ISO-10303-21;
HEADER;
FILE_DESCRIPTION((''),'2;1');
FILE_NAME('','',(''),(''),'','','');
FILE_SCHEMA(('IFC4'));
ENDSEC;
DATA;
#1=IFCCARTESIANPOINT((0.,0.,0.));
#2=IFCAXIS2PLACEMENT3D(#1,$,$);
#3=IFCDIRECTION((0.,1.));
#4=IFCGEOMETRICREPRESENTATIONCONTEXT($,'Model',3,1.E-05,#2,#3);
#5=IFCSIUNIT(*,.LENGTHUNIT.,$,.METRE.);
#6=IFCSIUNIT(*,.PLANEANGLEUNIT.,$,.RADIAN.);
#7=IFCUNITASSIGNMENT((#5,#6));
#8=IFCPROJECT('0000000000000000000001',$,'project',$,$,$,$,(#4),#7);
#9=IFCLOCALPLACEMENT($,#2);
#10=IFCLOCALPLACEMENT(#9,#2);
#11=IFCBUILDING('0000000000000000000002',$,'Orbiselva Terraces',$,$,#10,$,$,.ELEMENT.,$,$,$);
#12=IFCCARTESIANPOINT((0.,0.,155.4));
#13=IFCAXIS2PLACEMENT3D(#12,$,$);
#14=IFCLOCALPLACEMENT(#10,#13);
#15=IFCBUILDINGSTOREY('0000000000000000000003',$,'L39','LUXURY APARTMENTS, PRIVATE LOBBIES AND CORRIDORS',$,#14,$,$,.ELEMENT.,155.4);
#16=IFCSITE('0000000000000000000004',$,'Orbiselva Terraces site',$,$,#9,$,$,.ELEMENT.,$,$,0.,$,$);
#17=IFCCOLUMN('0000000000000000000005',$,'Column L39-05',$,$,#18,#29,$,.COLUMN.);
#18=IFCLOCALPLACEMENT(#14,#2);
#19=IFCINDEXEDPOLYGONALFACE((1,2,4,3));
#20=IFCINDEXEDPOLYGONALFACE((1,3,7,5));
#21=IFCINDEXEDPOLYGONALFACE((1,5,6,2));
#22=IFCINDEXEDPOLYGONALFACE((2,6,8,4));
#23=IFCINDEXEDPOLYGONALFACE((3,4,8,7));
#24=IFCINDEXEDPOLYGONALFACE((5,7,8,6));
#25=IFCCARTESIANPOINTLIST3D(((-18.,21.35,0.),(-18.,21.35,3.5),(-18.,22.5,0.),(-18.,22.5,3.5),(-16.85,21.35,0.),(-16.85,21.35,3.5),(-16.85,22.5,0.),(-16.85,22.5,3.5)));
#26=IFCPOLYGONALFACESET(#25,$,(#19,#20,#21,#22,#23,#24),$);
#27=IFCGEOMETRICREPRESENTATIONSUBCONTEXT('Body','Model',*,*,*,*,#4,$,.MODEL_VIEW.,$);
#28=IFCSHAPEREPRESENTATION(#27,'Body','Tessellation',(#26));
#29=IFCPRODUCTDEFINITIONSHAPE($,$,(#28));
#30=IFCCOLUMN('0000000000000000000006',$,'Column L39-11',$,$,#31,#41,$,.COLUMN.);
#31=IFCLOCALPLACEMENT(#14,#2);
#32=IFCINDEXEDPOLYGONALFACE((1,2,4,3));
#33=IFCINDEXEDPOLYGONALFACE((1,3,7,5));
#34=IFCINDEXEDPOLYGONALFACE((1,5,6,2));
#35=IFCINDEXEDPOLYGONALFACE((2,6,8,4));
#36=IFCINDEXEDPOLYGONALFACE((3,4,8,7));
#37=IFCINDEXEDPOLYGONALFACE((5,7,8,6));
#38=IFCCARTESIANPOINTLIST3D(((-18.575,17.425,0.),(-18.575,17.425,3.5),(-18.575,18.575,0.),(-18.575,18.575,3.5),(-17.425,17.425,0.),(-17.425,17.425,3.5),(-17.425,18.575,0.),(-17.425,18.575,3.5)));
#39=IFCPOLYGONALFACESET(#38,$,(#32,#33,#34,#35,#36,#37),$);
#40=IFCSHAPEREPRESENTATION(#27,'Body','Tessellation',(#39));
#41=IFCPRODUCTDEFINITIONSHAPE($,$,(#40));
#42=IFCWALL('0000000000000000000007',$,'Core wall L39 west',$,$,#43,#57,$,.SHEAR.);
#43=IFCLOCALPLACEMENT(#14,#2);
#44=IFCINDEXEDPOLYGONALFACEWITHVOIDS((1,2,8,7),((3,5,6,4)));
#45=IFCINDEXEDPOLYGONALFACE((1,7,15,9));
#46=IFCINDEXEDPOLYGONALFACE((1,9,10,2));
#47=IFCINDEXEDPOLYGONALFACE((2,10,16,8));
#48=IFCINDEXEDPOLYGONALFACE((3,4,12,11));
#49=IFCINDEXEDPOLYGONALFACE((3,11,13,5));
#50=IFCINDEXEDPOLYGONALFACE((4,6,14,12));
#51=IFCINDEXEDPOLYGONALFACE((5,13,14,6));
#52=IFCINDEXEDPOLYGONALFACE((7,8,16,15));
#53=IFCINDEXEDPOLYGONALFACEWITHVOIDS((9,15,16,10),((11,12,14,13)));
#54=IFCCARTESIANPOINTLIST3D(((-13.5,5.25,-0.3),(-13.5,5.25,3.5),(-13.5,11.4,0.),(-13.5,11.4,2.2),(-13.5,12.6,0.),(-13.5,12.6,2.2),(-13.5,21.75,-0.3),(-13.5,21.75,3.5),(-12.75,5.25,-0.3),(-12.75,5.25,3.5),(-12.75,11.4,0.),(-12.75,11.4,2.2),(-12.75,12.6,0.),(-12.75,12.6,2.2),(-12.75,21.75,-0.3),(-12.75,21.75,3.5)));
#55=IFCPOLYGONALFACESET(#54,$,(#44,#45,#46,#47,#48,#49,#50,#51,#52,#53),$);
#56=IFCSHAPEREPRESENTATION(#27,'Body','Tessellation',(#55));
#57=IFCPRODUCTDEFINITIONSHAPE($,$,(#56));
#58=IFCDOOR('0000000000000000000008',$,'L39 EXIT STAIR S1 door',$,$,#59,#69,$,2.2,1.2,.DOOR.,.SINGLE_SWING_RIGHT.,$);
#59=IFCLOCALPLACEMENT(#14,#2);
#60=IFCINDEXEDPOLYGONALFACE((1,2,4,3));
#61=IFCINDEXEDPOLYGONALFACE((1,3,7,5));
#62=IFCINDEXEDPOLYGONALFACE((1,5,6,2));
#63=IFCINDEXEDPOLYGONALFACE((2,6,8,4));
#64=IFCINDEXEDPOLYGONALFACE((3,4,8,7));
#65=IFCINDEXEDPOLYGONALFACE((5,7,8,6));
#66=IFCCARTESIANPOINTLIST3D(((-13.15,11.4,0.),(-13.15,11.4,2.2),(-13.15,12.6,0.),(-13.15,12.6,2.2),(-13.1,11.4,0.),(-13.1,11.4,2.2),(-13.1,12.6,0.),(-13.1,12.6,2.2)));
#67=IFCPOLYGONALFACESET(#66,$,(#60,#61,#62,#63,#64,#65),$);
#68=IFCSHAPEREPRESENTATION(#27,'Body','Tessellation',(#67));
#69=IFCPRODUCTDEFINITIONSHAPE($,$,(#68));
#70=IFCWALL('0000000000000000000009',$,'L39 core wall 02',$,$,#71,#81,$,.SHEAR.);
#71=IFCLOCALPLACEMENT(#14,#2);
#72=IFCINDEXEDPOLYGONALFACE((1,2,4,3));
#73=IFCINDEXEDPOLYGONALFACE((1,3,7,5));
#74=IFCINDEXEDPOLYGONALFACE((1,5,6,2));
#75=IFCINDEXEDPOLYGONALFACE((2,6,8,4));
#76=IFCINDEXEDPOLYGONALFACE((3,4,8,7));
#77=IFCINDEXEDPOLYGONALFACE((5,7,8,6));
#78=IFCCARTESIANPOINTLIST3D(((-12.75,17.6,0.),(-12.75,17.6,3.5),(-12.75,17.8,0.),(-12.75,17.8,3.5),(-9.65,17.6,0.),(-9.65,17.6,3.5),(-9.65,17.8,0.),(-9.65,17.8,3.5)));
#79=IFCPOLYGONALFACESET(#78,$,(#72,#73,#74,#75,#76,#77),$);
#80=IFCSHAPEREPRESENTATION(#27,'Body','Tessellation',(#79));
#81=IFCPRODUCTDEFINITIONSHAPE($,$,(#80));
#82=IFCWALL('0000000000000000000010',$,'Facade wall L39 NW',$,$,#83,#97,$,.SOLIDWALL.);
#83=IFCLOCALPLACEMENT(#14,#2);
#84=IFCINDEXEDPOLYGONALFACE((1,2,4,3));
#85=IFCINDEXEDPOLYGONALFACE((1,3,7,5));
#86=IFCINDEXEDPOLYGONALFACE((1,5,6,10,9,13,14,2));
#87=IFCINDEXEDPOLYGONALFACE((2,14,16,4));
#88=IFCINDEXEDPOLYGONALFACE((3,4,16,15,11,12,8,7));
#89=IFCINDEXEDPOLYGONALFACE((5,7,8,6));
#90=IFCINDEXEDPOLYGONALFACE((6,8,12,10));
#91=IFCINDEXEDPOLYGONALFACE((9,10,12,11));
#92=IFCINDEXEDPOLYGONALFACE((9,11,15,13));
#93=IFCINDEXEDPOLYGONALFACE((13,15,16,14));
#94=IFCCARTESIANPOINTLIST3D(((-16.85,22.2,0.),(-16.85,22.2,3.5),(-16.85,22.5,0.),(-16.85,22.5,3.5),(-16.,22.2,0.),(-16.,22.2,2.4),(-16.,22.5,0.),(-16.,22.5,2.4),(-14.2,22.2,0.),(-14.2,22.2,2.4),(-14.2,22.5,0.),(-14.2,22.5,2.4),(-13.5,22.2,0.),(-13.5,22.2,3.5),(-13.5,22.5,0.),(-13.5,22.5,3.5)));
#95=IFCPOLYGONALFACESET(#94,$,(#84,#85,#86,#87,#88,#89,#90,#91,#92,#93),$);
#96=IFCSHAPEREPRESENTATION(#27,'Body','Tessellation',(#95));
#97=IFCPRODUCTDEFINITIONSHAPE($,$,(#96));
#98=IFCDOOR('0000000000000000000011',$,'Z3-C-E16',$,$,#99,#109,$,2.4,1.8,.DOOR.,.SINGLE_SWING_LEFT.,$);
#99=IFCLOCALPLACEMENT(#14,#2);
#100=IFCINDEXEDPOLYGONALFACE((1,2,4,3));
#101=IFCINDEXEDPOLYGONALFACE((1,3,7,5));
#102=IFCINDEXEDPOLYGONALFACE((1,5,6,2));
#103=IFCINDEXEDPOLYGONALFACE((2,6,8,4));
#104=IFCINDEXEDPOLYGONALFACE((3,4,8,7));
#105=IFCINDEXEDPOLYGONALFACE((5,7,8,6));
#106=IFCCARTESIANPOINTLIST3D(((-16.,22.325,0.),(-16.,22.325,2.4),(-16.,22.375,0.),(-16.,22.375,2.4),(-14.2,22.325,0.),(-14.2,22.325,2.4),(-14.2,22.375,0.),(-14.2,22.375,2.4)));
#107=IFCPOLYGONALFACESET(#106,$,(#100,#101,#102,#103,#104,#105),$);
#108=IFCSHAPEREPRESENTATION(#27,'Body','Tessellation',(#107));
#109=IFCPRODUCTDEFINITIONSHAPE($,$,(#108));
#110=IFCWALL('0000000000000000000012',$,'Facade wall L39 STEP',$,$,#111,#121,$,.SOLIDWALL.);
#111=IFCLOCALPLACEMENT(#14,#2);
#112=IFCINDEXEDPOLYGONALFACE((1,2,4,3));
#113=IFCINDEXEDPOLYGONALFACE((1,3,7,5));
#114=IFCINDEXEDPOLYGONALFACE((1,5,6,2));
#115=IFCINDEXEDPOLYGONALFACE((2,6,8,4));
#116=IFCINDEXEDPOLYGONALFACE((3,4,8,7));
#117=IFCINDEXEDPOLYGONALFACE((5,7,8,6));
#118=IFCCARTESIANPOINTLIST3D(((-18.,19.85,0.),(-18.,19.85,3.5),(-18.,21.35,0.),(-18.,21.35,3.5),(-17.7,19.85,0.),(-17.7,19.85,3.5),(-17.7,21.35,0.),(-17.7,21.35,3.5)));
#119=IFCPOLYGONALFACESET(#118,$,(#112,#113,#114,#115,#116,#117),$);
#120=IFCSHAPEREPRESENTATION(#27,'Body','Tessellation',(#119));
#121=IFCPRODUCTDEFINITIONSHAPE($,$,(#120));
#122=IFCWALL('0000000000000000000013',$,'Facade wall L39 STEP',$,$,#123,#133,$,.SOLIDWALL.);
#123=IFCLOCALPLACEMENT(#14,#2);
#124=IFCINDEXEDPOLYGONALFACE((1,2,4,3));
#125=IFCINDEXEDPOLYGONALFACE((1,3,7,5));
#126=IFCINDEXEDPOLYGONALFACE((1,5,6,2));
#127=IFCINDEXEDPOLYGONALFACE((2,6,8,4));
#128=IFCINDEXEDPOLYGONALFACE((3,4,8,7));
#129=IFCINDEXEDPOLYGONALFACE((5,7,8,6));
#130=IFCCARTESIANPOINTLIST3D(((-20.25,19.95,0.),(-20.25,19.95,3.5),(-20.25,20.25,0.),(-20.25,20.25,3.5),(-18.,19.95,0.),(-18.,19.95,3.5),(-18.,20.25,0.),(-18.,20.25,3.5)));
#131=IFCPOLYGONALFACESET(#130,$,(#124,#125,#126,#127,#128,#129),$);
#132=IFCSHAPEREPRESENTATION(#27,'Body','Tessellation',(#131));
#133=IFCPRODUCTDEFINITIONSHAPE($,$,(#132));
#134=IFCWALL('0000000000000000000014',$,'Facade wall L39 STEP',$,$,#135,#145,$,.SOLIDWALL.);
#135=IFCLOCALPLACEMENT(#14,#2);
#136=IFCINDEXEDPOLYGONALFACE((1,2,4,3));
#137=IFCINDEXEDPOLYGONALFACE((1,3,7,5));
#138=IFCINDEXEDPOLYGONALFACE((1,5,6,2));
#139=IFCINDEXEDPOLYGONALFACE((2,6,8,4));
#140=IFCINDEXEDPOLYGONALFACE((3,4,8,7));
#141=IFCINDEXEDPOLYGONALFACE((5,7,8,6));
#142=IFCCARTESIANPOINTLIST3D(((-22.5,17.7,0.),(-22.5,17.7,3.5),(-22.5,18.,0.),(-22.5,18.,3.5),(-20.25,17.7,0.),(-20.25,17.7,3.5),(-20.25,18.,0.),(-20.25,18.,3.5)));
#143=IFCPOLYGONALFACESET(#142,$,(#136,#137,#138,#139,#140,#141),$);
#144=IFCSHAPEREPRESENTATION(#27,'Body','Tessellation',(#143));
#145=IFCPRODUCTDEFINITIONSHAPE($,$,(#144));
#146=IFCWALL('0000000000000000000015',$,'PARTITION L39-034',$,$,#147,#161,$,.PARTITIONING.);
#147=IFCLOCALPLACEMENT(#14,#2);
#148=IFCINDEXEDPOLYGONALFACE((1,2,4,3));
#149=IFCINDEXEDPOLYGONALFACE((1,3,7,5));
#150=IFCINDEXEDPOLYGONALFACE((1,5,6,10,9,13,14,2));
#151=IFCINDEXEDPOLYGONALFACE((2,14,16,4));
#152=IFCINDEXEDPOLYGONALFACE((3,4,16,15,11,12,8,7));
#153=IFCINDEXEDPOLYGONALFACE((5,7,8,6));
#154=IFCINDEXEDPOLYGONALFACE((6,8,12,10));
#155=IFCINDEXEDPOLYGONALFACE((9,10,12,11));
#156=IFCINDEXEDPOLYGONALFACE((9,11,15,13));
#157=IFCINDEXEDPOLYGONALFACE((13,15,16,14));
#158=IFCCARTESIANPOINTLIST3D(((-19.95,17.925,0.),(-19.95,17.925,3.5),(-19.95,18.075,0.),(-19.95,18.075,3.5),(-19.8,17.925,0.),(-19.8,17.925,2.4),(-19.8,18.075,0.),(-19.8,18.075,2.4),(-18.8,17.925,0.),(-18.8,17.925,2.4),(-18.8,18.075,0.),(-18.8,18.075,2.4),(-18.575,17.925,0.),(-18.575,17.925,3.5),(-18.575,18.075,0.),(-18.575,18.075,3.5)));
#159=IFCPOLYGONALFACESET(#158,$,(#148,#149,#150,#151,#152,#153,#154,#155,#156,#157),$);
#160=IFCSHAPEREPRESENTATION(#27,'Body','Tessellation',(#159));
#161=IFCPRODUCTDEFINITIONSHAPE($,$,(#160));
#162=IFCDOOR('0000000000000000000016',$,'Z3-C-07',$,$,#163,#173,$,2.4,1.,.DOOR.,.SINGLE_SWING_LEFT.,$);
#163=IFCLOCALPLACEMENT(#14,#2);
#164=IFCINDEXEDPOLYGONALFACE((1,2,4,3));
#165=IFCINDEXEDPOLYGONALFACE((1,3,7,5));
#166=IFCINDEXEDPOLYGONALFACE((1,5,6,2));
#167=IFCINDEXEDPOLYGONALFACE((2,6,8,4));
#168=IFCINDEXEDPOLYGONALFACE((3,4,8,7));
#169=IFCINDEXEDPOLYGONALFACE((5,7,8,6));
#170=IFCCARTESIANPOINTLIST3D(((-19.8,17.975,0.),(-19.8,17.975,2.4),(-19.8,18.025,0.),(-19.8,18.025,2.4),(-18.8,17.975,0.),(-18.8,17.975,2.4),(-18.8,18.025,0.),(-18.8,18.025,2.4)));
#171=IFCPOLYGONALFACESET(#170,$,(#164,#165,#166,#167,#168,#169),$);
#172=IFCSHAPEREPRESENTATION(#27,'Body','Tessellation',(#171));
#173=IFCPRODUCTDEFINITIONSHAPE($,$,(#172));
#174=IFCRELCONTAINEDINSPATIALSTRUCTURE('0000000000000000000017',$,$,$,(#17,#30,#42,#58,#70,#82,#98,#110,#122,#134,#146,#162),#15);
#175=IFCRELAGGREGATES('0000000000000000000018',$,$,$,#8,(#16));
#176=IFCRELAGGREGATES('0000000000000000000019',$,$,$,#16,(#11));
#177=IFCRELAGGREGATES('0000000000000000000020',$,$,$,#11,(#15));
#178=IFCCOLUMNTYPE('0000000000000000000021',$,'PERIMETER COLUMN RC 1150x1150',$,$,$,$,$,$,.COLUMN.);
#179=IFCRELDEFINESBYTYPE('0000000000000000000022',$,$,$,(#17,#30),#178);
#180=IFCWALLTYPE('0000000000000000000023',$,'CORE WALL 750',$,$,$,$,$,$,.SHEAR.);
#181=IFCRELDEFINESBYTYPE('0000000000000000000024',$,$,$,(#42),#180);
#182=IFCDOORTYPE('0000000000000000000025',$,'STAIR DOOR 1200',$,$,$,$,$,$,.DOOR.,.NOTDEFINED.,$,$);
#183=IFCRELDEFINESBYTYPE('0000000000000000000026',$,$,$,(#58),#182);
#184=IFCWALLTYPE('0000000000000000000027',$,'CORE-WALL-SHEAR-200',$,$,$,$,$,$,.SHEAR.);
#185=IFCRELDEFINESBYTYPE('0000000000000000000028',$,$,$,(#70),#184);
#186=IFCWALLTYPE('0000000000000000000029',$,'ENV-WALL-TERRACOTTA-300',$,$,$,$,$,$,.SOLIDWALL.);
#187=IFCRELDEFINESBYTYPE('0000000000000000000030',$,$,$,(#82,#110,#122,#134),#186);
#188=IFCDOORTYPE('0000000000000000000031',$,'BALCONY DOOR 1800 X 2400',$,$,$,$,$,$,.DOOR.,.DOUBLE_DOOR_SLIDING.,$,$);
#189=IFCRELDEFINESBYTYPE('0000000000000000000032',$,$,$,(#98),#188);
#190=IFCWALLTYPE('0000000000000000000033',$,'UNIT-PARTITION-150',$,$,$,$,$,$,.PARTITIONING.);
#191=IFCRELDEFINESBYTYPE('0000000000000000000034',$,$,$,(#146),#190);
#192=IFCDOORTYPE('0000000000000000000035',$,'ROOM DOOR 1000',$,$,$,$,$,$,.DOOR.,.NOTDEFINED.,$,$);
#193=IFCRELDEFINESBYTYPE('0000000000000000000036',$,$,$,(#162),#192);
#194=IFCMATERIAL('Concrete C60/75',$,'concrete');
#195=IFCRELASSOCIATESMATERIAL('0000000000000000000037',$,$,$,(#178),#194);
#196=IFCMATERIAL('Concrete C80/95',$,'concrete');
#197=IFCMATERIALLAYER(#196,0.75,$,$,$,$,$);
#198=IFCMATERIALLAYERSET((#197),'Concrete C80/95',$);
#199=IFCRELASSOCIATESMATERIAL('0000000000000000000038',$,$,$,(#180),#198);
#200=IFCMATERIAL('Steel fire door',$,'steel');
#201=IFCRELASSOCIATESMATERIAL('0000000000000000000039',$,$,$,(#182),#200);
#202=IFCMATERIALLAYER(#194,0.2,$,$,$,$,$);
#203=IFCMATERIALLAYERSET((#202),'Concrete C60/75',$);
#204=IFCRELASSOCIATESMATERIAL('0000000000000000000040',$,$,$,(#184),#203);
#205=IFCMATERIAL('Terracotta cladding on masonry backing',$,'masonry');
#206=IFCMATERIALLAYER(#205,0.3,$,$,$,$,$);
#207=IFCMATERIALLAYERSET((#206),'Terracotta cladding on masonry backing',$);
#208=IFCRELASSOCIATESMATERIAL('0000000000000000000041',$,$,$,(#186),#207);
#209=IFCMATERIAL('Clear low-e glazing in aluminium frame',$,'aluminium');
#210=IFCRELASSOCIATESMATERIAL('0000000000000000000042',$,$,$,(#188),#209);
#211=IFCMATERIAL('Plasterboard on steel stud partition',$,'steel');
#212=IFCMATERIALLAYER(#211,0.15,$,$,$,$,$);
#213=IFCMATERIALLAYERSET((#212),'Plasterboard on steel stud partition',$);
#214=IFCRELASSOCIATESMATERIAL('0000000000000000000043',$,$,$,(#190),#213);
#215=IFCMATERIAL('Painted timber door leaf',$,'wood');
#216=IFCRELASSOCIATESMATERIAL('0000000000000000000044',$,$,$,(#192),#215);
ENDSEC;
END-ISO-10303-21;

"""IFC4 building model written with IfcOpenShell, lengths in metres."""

from ifc_helpers import new_model, si_unit, direction, frame, frame_2d, origin, origin_2d, place, context, subcontext, project, spatial, rectangle, extrude, material, layer, layer_set, material_profile, profile_set, type_object, element, fill, save


model = new_model("IFC4")

# Units and contexts
model_context = context("Model", 3, precision=1e-05, world=origin(), true_north=direction((0.0, 1.0)))
body_context = subcontext(model_context, "Body", "Model", "MODEL_VIEW")
ifc_project = project(units=[si_unit("LENGTHUNIT", "METRE"), si_unit("PLANEANGLEUNIT", "RADIAN")], contexts=[model_context])

# Site, building, storey
site_placement = place(None, origin())
site = spatial("IfcSite", under=ifc_project, at=site_placement, Name="Orbiselva Terraces site", CompositionType="ELEMENT", RefElevation=0.0)
building_placement = place(site_placement, origin())
building = spatial("IfcBuilding", under=site, at=building_placement, Name="Orbiselva Terraces", CompositionType="ELEMENT")
storey_placement = place(building_placement, frame((0.0, 0.0, 155.4)))
storey = spatial("IfcBuildingStorey", under=building, at=storey_placement, Name="L39", Description="LUXURY APARTMENTS, PRIVATE LOBBIES AND CORRIDORS", CompositionType="ELEMENT", Elevation=155.4)

# Columns
ifc_material_1 = material(Name="Concrete C60/75", Category="concrete")
ifc_material_profile = material_profile(ifc_material_1, rectangle(XDim=1.15, YDim=1.15, at=origin_2d()), Name="RC 1150x1150")
ifc_profile_set = profile_set([ifc_material_profile], Name="Concrete C60/75")
column_type = type_object("IfcColumnType", Name="PERIMETER COLUMN RC 1150x1150", PredefinedType="COLUMN", material=ifc_profile_set)
for number, where, z_axis, x_axis, name in (
    (1, (-17.425, 21.925, 0.0), (0.0, 0.0, 1.0), (1.0, 0.0, 0.0), "Column L39-05"),
    (2, (-18.0, 18.0, 0.0), (0.0, 0.0, 1.0), (1.0, 0.0, 0.0), "Column L39-11"),
):
    element("IfcColumn", number, at=place(storey_placement, frame(where, z_axis=z_axis, x_axis=x_axis)), inside=storey, type_object=column_type, Name=name, PredefinedType="COLUMN", context=body_context, shape_type="SweptSolid", body=[
        extrude(rectangle(XDim=1.15, YDim=1.15, at=origin_2d()), origin(), (0.0, 0.0, 1.0), 3.5),
    ])

# Wall, opening, door
ifc_material_2 = material(Name="Concrete C80/95", Category="concrete")
ifc_layer_1 = layer(ifc_material_2, 0.75)
ifc_layer_set_1 = layer_set([ifc_layer_1], Name="Concrete C80/95")
wall_type_1 = type_object("IfcWallType", Name="CORE WALL 750", PredefinedType="SHEAR", material=ifc_layer_set_1)
wall_1_placement = place(storey_placement, frame((-13.125, 21.75, -0.3), z_axis=(0.0, 0.0, 1.0), x_axis=(0.0, -1.0, 0.0)))
wall_1 = element("IfcWall", 3, at=wall_1_placement, inside=storey, type_object=wall_type_1, Name="Core wall L39 west", PredefinedType="SHEAR", context=body_context, shape_type="SweptSolid", body=[
    extrude(rectangle(XDim=16.5, YDim=0.75, at=frame_2d((8.25, 0.0))), origin(), (0.0, 0.0, 1.0), 3.8),
])
opening_1_placement = place(wall_1_placement, frame((9.15, 0.0, 0.3)))
opening_1 = element("IfcOpeningElement", 4, at=opening_1_placement, cuts=wall_1, PredefinedType="OPENING", context=body_context, shape_type="SweptSolid", body=[
    extrude(rectangle(XDim=1.2, YDim=2.2, at=frame_2d((0.6, 1.1))), frame((0.0, 0.385, 0.0), z_axis=(0.0, -1.0, 0.0), x_axis=(1.0, 0.0, 0.0)), (0.0, 0.0, 1.0), 0.77),
])
ifc_material_3 = material(Name="Steel fire door", Category="steel")
door_type_1 = type_object("IfcDoorType", Name="STAIR DOOR 1200", OperationType="NOTDEFINED", PredefinedType="DOOR", material=ifc_material_3)
door_1_placement = place(opening_1_placement, frame((1.2, 0.0, 0.0), z_axis=(0.0, 0.0, 1.0), x_axis=(-1.0, 0.0, 0.0)))
door_1 = element("IfcDoor", 5, at=door_1_placement, inside=storey, type_object=door_type_1, Name="L39 EXIT STAIR S1 door", OperationType="SINGLE_SWING_RIGHT", OverallHeight=2.2, OverallWidth=1.2, PredefinedType="DOOR", context=body_context, shape_type="SweptSolid", body=[
    extrude(rectangle(XDim=1.2, YDim=2.2, at=frame_2d((0.6, 1.1))), frame((0.0, 0.025, 0.0), z_axis=(0.0, -1.0, 0.0), x_axis=(1.0, 0.0, 0.0)), (0.0, 0.0, 1.0), 0.05),
])
fill(opening_1, door_1)

# Wall
ifc_layer_2 = layer(ifc_material_1, 0.2)
ifc_layer_set_2 = layer_set([ifc_layer_2], Name="Concrete C60/75")
wall_type_2 = type_object("IfcWallType", Name="CORE-WALL-SHEAR-200", PredefinedType="SHEAR", material=ifc_layer_set_2)
wall_2_placement = place(storey_placement, frame((-12.75, 17.7, 0.0), z_axis=(0.0, 0.0, 1.0), x_axis=(1.0, 0.0, 0.0)))
element("IfcWall", 6, at=wall_2_placement, inside=storey, type_object=wall_type_2, Name="L39 core wall 02", PredefinedType="SHEAR", context=body_context, shape_type="SweptSolid", body=[
    extrude(rectangle(XDim=3.1, YDim=0.2, at=frame_2d((1.55, 0.0))), origin(), (0.0, 0.0, 1.0), 3.5),
])

# Wall, opening, door
ifc_material_4 = material(Name="Terracotta cladding on masonry backing", Category="masonry")
ifc_layer_3 = layer(ifc_material_4, 0.3)
ifc_layer_set_3 = layer_set([ifc_layer_3], Name="Terracotta cladding on masonry backing")
wall_type_3 = type_object("IfcWallType", Name="ENV-WALL-TERRACOTTA-300", PredefinedType="SOLIDWALL", material=ifc_layer_set_3)
wall_3_placement = place(storey_placement, frame((-16.85, 22.35, 0.0), z_axis=(0.0, 0.0, 1.0), x_axis=(1.0, 0.0, 0.0)))
wall_3 = element("IfcWall", 7, at=wall_3_placement, inside=storey, type_object=wall_type_3, Name="Facade wall L39 NW", PredefinedType="SOLIDWALL", context=body_context, shape_type="SweptSolid", body=[
    extrude(rectangle(XDim=3.35, YDim=0.3, at=frame_2d((1.675, 0.0))), origin(), (0.0, 0.0, 1.0), 3.5),
])
opening_2_placement = place(wall_3_placement, frame((0.85, 0.0, 0.0)))
opening_2 = element("IfcOpeningElement", 8, at=opening_2_placement, cuts=wall_3, PredefinedType="OPENING", context=body_context, shape_type="SweptSolid", body=[
    extrude(rectangle(XDim=1.8, YDim=2.4, at=frame_2d((0.9, 1.2))), frame((0.0, 0.16, 0.0), z_axis=(0.0, -1.0, 0.0), x_axis=(1.0, 0.0, 0.0)), (0.0, 0.0, 1.0), 0.32),
])
ifc_material_5 = material(Name="Clear low-e glazing in aluminium frame", Category="aluminium")
door_type_2 = type_object("IfcDoorType", Name="BALCONY DOOR 1800 X 2400", OperationType="DOUBLE_DOOR_SLIDING", PredefinedType="DOOR", material=ifc_material_5)
door_2_placement = place(opening_2_placement, origin())
door_2 = element("IfcDoor", 9, at=door_2_placement, inside=storey, type_object=door_type_2, Name="Z3-C-E16", OperationType="SINGLE_SWING_LEFT", OverallHeight=2.4, OverallWidth=1.8, PredefinedType="DOOR", context=body_context, shape_type="SweptSolid", body=[
    extrude(rectangle(XDim=1.8, YDim=2.4, at=frame_2d((0.9, 1.2))), frame((0.0, 0.025, 0.0), z_axis=(0.0, -1.0, 0.0), x_axis=(1.0, 0.0, 0.0)), (0.0, 0.0, 1.0), 0.05),
])
fill(opening_2, door_2)

# Walls
wall_4_placement = place(storey_placement, frame((-17.85, 19.85, 0.0), z_axis=(0.0, 0.0, 1.0), x_axis=(0.0, 1.0, 0.0)))
element("IfcWall", 10, at=wall_4_placement, inside=storey, type_object=wall_type_3, Name="Facade wall L39 STEP", PredefinedType="SOLIDWALL", context=body_context, shape_type="SweptSolid", body=[
    extrude(rectangle(XDim=1.5, YDim=0.3, at=frame_2d((0.75, 0.0))), origin(), (0.0, 0.0, 1.0), 3.5),
])
for number, where, z_axis, x_axis, name in (
    (11, (-20.25, 20.1, 0.0), (0.0, 0.0, 1.0), (1.0, 0.0, 0.0), "Facade wall L39 STEP"),
    (12, (-22.5, 17.85, 0.0), (0.0, 0.0, 1.0), (1.0, 0.0, 0.0), "Facade wall L39 STEP"),
):
    element("IfcWall", number, at=place(storey_placement, frame(where, z_axis=z_axis, x_axis=x_axis)), inside=storey, type_object=wall_type_3, Name=name, PredefinedType="SOLIDWALL", context=body_context, shape_type="SweptSolid", body=[
        extrude(rectangle(XDim=2.25, YDim=0.3, at=frame_2d((1.125, 0.0))), origin(), (0.0, 0.0, 1.0), 3.5),
    ])

# Wall, opening, door
ifc_material_6 = material(Name="Plasterboard on steel stud partition", Category="steel")
ifc_layer_4 = layer(ifc_material_6, 0.15)
ifc_layer_set_4 = layer_set([ifc_layer_4], Name="Plasterboard on steel stud partition")
wall_type_4 = type_object("IfcWallType", Name="UNIT-PARTITION-150", PredefinedType="PARTITIONING", material=ifc_layer_set_4)
wall_5_placement = place(storey_placement, frame((-19.95, 18.0, 0.0), z_axis=(0.0, 0.0, 1.0), x_axis=(1.0, 0.0, 0.0)))
wall_5 = element("IfcWall", 13, at=wall_5_placement, inside=storey, type_object=wall_type_4, Name="PARTITION L39-034", PredefinedType="PARTITIONING", context=body_context, shape_type="SweptSolid", body=[
    extrude(rectangle(XDim=1.375, YDim=0.15, at=frame_2d((0.6875, 0.0))), origin(), (0.0, 0.0, 1.0), 3.5),
])
opening_3_placement = place(wall_5_placement, frame((0.15, 0.0, 0.0)))
opening_3 = element("IfcOpeningElement", 14, at=opening_3_placement, cuts=wall_5, PredefinedType="OPENING", context=body_context, shape_type="SweptSolid", body=[
    extrude(rectangle(XDim=1.0, YDim=2.4, at=frame_2d((0.5, 1.2))), frame((0.0, 0.085, 0.0), z_axis=(0.0, -1.0, 0.0), x_axis=(1.0, 0.0, 0.0)), (0.0, 0.0, 1.0), 0.17),
])
ifc_material_7 = material(Name="Painted timber door leaf", Category="wood")
door_type_3 = type_object("IfcDoorType", Name="ROOM DOOR 1000", OperationType="NOTDEFINED", PredefinedType="DOOR", material=ifc_material_7)
door_3_placement = place(opening_3_placement, origin())
door_3 = element("IfcDoor", 15, at=door_3_placement, inside=storey, type_object=door_type_3, Name="Z3-C-07", OperationType="SINGLE_SWING_LEFT", OverallHeight=2.4, OverallWidth=1.0, PredefinedType="DOOR", context=body_context, shape_type="SweptSolid", body=[
    extrude(rectangle(XDim=1.0, YDim=2.4, at=frame_2d((0.5, 1.2))), frame((0.0, 0.025, 0.0), z_axis=(0.0, -1.0, 0.0), x_axis=(1.0, 0.0, 0.0)), (0.0, 0.0, 1.0), 0.05),
])
fill(opening_3, door_3)

save(model, "model.ifc")
